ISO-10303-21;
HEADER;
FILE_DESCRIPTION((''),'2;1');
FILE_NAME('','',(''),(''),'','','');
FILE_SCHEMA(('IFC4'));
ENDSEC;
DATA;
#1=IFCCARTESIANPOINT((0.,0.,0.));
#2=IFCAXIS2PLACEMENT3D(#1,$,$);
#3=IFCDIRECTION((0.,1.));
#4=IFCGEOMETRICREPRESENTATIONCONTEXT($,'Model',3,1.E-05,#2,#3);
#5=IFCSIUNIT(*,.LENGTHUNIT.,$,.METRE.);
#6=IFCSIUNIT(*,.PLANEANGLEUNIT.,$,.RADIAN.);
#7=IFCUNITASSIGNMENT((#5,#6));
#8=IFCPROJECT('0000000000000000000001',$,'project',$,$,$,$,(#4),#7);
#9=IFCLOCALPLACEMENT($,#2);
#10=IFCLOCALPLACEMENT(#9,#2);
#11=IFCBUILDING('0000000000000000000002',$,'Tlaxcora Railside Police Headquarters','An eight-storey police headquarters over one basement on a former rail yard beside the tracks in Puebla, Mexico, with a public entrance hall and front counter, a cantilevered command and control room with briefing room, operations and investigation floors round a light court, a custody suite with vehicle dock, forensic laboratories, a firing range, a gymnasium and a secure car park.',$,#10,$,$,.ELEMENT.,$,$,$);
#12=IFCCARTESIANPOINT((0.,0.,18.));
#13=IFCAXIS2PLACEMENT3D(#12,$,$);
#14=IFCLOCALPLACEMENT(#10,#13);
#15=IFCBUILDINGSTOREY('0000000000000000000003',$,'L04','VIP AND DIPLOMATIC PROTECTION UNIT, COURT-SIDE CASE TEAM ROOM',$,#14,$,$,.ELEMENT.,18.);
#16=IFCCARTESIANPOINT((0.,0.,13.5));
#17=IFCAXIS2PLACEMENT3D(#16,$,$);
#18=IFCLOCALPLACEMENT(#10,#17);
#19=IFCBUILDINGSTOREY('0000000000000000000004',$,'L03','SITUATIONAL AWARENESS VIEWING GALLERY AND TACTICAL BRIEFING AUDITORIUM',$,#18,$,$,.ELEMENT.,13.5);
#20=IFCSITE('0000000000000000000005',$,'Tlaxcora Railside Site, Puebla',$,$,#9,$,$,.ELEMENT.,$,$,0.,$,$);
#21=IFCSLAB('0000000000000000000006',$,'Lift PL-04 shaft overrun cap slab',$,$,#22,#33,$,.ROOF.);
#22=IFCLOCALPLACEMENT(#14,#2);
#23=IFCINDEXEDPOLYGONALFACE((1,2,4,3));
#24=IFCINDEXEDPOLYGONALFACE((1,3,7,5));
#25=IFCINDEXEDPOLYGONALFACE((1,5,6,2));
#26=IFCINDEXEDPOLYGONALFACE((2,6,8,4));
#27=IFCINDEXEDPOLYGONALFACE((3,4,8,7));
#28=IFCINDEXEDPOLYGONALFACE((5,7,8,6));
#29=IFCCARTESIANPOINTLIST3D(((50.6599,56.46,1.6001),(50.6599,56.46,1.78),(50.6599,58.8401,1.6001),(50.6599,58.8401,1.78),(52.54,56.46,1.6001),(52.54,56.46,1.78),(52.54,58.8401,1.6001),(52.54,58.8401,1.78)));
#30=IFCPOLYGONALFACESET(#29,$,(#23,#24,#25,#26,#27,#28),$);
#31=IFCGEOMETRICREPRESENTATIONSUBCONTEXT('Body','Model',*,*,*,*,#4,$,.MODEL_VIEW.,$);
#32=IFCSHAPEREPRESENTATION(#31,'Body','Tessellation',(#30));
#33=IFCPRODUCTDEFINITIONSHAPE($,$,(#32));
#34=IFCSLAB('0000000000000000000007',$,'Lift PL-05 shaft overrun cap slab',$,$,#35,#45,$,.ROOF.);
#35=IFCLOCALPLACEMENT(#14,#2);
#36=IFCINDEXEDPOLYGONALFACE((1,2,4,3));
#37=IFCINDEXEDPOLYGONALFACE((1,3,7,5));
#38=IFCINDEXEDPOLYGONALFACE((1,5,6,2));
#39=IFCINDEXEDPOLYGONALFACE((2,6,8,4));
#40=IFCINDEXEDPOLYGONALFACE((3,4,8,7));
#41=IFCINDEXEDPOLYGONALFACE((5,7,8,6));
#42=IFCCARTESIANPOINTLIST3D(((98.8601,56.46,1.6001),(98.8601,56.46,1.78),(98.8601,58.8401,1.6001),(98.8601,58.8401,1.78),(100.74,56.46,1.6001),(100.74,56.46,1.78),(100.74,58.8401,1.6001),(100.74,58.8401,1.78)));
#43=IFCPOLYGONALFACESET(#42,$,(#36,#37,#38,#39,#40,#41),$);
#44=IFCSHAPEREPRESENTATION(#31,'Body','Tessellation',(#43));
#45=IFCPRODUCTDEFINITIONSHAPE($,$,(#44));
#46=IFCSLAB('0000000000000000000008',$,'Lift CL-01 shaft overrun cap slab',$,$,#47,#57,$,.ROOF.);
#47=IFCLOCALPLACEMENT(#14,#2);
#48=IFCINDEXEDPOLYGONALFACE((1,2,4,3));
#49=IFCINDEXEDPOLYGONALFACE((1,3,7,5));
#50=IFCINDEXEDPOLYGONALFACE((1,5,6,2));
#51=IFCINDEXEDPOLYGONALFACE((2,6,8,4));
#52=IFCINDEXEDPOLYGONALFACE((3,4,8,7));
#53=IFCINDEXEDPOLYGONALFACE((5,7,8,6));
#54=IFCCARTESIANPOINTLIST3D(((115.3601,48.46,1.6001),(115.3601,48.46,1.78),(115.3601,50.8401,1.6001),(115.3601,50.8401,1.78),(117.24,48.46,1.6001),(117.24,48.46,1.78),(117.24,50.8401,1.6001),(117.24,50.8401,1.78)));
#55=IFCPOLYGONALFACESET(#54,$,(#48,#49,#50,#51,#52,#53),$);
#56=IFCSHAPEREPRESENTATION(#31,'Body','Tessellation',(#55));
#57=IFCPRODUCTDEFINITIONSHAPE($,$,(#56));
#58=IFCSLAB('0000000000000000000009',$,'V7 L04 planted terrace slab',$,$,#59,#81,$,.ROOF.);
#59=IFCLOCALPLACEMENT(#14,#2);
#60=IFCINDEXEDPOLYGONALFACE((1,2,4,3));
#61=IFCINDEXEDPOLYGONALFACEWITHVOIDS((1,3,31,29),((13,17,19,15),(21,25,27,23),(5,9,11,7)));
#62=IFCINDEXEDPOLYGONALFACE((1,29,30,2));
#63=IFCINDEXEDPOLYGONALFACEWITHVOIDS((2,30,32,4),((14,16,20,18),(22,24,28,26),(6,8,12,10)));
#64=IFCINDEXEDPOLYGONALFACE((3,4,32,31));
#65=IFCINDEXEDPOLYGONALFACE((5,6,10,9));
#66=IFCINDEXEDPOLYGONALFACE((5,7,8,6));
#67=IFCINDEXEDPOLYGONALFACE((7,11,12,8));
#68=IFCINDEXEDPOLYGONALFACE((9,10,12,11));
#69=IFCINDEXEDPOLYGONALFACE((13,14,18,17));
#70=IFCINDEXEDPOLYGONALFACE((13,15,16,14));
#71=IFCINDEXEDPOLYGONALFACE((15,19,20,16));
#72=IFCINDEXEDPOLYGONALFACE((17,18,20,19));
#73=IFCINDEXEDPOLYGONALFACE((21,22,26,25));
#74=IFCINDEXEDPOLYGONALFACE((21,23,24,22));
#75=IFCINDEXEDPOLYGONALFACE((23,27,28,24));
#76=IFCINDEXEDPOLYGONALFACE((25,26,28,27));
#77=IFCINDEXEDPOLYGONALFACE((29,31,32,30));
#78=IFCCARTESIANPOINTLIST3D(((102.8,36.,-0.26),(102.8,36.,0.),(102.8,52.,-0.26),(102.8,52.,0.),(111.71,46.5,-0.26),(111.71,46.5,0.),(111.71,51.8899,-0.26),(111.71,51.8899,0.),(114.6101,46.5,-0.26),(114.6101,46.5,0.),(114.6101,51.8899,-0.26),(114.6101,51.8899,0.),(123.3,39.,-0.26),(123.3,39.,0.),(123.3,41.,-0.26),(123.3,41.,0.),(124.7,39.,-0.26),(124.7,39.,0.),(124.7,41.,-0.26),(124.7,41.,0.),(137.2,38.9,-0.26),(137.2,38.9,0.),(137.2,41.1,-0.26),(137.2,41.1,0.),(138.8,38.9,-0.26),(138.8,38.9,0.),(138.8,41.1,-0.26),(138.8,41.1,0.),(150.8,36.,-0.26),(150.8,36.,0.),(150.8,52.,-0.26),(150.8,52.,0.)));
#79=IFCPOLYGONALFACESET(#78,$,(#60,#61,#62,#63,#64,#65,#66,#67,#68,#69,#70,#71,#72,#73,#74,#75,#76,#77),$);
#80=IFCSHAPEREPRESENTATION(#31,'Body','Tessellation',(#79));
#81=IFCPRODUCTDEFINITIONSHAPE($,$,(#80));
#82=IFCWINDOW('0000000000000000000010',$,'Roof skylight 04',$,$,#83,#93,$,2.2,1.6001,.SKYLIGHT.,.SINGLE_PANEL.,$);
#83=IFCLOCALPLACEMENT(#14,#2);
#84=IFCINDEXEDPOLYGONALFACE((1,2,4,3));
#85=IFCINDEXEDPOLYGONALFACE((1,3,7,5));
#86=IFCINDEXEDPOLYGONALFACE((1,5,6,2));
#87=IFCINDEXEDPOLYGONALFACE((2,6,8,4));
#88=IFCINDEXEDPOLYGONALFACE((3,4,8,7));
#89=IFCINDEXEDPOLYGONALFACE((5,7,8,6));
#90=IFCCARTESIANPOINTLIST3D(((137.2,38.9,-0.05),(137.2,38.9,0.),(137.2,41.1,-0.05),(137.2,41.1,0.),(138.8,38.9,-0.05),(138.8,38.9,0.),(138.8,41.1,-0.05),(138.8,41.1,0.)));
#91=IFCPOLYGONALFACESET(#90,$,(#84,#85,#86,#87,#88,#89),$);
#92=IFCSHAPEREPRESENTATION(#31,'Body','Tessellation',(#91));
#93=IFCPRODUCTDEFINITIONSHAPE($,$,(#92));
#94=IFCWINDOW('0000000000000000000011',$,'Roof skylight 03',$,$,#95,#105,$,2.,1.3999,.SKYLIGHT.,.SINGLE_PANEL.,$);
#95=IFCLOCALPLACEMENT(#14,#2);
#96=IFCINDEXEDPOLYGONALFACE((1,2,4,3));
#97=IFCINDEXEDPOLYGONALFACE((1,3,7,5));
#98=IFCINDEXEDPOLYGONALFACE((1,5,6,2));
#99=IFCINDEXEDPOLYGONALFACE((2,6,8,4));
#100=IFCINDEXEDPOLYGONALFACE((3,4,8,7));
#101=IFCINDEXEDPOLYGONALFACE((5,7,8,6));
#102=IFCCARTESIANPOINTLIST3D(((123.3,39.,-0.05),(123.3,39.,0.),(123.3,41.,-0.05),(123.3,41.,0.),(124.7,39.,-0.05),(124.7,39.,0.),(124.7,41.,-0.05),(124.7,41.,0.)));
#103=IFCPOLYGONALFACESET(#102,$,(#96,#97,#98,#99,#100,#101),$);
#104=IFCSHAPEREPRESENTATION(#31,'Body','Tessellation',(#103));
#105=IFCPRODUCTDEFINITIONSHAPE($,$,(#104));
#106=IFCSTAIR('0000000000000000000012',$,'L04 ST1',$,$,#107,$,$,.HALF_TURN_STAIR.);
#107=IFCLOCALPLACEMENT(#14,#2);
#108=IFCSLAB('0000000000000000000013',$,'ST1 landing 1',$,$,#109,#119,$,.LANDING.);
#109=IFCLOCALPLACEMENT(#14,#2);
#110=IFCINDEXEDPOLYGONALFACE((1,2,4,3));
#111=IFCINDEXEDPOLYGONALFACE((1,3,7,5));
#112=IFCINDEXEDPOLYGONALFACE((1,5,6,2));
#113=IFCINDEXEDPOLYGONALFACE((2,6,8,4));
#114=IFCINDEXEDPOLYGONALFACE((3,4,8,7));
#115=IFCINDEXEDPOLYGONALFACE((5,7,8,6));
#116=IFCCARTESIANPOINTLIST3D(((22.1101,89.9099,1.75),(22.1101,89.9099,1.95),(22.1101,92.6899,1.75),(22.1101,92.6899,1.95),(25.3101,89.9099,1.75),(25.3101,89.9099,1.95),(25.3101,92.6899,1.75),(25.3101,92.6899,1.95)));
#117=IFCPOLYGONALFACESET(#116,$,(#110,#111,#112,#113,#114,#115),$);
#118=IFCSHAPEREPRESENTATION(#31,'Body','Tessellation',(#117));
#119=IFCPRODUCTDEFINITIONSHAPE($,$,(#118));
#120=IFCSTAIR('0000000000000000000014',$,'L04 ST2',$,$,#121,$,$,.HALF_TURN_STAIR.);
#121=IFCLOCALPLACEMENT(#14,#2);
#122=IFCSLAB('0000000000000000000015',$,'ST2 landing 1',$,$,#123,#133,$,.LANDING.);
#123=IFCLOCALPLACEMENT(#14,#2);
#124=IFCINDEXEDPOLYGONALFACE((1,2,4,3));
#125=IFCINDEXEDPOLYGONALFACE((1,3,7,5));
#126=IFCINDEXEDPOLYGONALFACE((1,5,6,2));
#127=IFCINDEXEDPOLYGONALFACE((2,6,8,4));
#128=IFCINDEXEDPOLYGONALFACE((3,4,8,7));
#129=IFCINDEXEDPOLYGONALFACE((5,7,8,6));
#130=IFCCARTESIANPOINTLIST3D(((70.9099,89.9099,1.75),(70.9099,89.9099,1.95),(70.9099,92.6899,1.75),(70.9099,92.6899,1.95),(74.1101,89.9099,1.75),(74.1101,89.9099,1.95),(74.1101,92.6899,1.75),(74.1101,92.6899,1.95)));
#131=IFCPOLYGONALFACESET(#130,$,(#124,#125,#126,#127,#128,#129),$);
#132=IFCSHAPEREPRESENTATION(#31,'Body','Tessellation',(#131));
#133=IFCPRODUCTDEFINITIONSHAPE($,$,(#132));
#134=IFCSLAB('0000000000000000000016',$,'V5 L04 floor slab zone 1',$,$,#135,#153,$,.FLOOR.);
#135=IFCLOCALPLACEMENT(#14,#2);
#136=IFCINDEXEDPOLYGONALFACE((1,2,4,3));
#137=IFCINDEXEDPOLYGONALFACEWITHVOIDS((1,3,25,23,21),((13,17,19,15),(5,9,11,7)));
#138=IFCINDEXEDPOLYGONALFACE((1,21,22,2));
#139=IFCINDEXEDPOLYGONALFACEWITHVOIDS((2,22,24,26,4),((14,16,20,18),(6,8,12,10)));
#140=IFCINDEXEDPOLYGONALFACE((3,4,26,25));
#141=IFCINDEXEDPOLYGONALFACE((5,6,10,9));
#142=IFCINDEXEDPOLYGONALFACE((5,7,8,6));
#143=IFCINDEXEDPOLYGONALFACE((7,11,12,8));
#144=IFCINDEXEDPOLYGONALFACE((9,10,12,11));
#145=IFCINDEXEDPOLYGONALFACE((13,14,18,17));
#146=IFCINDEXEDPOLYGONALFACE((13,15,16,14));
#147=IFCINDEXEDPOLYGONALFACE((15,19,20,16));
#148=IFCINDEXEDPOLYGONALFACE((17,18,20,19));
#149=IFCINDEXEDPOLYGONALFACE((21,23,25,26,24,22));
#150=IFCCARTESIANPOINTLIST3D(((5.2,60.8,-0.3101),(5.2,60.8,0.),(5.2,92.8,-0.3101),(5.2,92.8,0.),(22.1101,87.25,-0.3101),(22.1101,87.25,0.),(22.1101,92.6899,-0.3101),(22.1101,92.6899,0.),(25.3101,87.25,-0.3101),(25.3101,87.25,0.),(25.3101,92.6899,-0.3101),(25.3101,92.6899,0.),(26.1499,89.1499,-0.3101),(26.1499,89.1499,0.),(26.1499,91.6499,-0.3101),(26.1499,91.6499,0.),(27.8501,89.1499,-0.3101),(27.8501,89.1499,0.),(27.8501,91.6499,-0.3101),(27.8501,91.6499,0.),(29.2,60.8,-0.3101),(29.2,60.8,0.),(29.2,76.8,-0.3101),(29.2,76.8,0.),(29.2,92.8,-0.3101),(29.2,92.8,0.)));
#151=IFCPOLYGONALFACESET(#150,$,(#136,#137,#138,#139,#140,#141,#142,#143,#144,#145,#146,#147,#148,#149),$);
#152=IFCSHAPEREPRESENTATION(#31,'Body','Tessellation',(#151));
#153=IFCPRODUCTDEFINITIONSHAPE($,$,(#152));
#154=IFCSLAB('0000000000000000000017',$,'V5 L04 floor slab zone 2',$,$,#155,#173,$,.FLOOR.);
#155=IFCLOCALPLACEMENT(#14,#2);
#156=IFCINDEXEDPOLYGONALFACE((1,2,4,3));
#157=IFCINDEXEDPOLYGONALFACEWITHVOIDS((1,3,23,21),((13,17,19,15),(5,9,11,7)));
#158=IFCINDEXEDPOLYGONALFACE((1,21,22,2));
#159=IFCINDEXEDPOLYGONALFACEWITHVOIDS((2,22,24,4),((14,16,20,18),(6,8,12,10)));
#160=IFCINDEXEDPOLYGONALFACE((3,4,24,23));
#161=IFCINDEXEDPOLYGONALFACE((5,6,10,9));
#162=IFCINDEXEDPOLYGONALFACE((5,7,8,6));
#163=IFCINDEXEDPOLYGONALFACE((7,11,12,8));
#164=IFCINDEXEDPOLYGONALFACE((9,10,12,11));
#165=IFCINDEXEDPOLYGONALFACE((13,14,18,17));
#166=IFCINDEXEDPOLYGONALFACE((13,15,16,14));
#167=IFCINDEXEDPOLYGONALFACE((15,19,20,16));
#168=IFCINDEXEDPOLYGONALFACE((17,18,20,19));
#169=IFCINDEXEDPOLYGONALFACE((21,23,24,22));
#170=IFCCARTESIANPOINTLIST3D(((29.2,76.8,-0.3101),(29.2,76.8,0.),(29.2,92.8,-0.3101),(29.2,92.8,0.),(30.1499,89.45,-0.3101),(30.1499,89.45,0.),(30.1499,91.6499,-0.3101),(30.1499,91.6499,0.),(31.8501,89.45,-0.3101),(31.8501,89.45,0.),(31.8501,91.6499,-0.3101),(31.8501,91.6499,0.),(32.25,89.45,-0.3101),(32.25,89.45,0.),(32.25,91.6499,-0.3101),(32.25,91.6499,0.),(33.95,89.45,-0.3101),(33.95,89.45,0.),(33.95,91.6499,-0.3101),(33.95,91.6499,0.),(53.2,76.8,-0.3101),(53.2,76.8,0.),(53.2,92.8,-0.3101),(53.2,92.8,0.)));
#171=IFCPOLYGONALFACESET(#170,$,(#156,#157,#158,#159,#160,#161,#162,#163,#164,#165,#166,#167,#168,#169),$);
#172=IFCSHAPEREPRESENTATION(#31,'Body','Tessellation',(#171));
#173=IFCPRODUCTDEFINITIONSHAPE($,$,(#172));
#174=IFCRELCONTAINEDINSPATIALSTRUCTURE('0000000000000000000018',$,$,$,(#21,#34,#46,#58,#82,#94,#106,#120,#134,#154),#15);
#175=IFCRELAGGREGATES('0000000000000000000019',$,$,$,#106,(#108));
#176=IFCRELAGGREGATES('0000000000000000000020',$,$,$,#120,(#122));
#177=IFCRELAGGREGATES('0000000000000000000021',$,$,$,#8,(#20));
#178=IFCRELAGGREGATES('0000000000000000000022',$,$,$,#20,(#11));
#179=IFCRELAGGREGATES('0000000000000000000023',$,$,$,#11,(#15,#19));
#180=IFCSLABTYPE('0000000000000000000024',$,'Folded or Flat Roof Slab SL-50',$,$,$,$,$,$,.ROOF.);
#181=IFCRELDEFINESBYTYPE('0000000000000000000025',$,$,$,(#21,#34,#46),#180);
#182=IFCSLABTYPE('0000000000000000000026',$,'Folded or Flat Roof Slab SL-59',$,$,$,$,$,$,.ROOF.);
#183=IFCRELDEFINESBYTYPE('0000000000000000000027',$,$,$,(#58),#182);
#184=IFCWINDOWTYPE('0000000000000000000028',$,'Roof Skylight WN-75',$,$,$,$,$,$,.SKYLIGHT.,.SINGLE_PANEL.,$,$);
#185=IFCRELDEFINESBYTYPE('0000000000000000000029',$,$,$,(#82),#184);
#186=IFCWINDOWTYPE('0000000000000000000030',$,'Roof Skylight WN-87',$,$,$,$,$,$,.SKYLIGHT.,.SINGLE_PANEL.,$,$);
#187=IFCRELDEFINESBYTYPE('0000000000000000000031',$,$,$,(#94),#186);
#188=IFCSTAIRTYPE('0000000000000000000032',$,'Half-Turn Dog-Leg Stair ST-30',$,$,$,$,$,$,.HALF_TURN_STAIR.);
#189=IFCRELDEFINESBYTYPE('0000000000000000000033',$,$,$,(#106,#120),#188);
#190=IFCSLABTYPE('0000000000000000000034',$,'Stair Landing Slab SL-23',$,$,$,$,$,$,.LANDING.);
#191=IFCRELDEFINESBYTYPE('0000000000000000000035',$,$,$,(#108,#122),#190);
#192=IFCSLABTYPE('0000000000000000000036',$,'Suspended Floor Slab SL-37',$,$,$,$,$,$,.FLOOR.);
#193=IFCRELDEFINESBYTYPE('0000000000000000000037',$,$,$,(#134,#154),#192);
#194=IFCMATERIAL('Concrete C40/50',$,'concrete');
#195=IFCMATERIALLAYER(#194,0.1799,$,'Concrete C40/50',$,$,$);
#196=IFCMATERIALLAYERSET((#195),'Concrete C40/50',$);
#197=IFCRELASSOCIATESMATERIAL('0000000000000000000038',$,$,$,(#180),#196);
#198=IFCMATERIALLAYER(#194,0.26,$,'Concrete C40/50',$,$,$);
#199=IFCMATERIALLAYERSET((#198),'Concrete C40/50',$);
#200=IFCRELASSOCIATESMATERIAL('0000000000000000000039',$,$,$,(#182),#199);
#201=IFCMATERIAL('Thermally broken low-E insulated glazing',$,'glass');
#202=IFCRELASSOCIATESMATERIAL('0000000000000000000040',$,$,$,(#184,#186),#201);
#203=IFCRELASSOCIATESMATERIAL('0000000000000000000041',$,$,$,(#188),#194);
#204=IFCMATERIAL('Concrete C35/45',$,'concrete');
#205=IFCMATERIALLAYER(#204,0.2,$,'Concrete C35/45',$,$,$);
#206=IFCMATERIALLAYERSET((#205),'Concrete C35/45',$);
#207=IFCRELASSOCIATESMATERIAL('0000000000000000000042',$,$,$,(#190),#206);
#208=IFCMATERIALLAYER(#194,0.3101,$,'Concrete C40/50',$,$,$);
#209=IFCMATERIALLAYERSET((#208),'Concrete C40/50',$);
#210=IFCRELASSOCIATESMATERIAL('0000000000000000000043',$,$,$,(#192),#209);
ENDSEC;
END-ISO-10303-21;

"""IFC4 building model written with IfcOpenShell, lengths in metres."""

from ifc_helpers import new_model, si_unit, direction, frame, origin, origin_2d, place, context, subcontext, project, spatial, polyline, rectangle, outline, extrude, material, layer, layer_set, type_object, element, fill, aggregate, save


model = new_model("IFC4")

# Units and contexts
model_context = context("Model", 3, precision=1e-05, world=origin(), true_north=direction((0.0, 1.0)))
body_context = subcontext(model_context, "Body", "Model", "MODEL_VIEW")
ifc_project = project(units=[si_unit("LENGTHUNIT", "METRE"), si_unit("PLANEANGLEUNIT", "RADIAN")], contexts=[model_context])

# Site, building, storey
site_placement = place(None, origin())
site = spatial("IfcSite", under=ifc_project, at=site_placement, Name="Tlaxcora Railside Site, Puebla", CompositionType="ELEMENT", RefElevation=0.0)
building_placement = place(site_placement, origin())
building = spatial("IfcBuilding", under=site, at=building_placement, Name="Tlaxcora Railside Police Headquarters", Description="An eight-storey police headquarters over one basement on a former rail yard beside the tracks in Puebla, Mexico, with a public entrance hall and front counter, a cantilevered command and control room with briefing room, operations and investigation floors round a light court, a custody suite with vehicle dock, forensic laboratories, a firing range, a gymnasium and a secure car park.", CompositionType="ELEMENT")
storey_1_placement = place(building_placement, frame((0.0, 0.0, 18.0)))
storey_1 = spatial("IfcBuildingStorey", under=building, at=storey_1_placement, Name="L04", Description="VIP AND DIPLOMATIC PROTECTION UNIT, COURT-SIDE CASE TEAM ROOM", CompositionType="ELEMENT", Elevation=18.0)

# Shared definitions
ifc_material_1 = material(Name="Concrete C40/50", Category="concrete")
ifc_layer_1 = layer(ifc_material_1, 0.1799, Name="Concrete C40/50")
ifc_layer_set_1 = layer_set([ifc_layer_1], Name="Concrete C40/50")
slab_type_1 = type_object("IfcSlabType", Name="Folded or Flat Roof Slab SL-50", PredefinedType="ROOF", material=ifc_layer_set_1)

# Shared definitions
storey_2_placement = place(building_placement, frame((0.0, 0.0, 13.5)))
storey_2 = spatial("IfcBuildingStorey", under=building, at=storey_2_placement, Name="L03", Description="SITUATIONAL AWARENESS VIEWING GALLERY AND TACTICAL BRIEFING AUDITORIUM", CompositionType="ELEMENT", Elevation=13.5)

# Slabs
slab_1_placement = place(storey_1_placement, frame((0.0, 0.0, 1.6001)))
element("IfcSlab", 1, at=slab_1_placement, inside=storey_1, type_object=slab_type_1, Name="Lift PL-04 shaft overrun cap slab", PredefinedType="ROOF", context=body_context, shape_type="SweptSolid", body=[
    extrude(outline(polyline([(50.6599, 56.46), (52.54, 56.46), (52.54, 58.8401), (50.6599, 58.8401), (50.6599, 56.46)])), origin(), (0.0, 0.0, 1.0), 0.1799),
])
slab_2_placement = place(storey_1_placement, frame((0.0, 0.0, 1.6001)))
element("IfcSlab", 2, at=slab_2_placement, inside=storey_1, type_object=slab_type_1, Name="Lift PL-05 shaft overrun cap slab", PredefinedType="ROOF", context=body_context, shape_type="SweptSolid", body=[
    extrude(outline(polyline([(98.8601, 56.46), (100.74, 56.46), (100.74, 58.8401), (98.8601, 58.8401), (98.8601, 56.46)])), origin(), (0.0, 0.0, 1.0), 0.1799),
])
slab_3_placement = place(storey_1_placement, frame((0.0, 0.0, 1.6001)))
element("IfcSlab", 3, at=slab_3_placement, inside=storey_1, type_object=slab_type_1, Name="Lift CL-01 shaft overrun cap slab", PredefinedType="ROOF", context=body_context, shape_type="SweptSolid", body=[
    extrude(outline(polyline([(115.3601, 48.46), (117.24, 48.46), (117.24, 50.8401), (115.3601, 50.8401), (115.3601, 48.46)])), origin(), (0.0, 0.0, 1.0), 0.1799),
])

# Slab, openings, windows
ifc_layer_2 = layer(ifc_material_1, 0.26, Name="Concrete C40/50")
ifc_layer_set_2 = layer_set([ifc_layer_2], Name="Concrete C40/50")
slab_type_2 = type_object("IfcSlabType", Name="Folded or Flat Roof Slab SL-59", PredefinedType="ROOF", material=ifc_layer_set_2)
slab_4_placement = place(storey_1_placement, frame((0.0, 0.0, -0.26)))
slab_4 = element("IfcSlab", 4, at=slab_4_placement, inside=storey_1, type_object=slab_type_2, Name="V7 L04 planted terrace slab", PredefinedType="ROOF", context=body_context, shape_type="SweptSolid", body=[
    extrude(outline(polyline([(150.8, 36.0), (150.8, 52.0), (102.8, 52.0), (102.8, 36.0), (150.8, 36.0)]), holes=[polyline([(114.6101, 46.5), (111.71, 46.5), (111.71, 51.8899), (114.6101, 51.8899), (114.6101, 46.5)])]), origin(), (0.0, 0.0, 1.0), 0.26),
])
opening_1_placement = place(slab_4_placement, frame((124.0, 40.0, -0.01)))
opening_1 = element("IfcOpeningElement", 5, at=opening_1_placement, cuts=slab_4, PredefinedType="OPENING", context=body_context, shape_type="SweptSolid", body=[
    extrude(rectangle(XDim=1.3999, YDim=2.0, at=origin_2d()), origin(), (0.0, 0.0, 1.0), 0.28),
])
opening_2_placement = place(slab_4_placement, frame((138.0, 40.0, -0.01)))
opening_2 = element("IfcOpeningElement", 6, at=opening_2_placement, cuts=slab_4, PredefinedType="OPENING", context=body_context, shape_type="SweptSolid", body=[
    extrude(rectangle(XDim=1.6001, YDim=2.2, at=origin_2d()), origin(), (0.0, 0.0, 1.0), 0.28),
])
ifc_material_2 = material(Name="Thermally broken low-E insulated glazing", Category="glass")
window_type_1 = type_object("IfcWindowType", Name="Roof Skylight WN-75", PartitioningType="SINGLE_PANEL", PredefinedType="SKYLIGHT", material=ifc_material_2)
window_1_placement = place(opening_2_placement, frame((0.0, 0.0, 0.22)))
window_1 = element("IfcWindow", 7, at=window_1_placement, inside=storey_1, type_object=window_type_1, Name="Roof skylight 04", OverallHeight=2.2, OverallWidth=1.6001, PartitioningType="SINGLE_PANEL", PredefinedType="SKYLIGHT", context=body_context, shape_type="SweptSolid", body=[
    extrude(rectangle(XDim=1.6001, YDim=2.2, at=origin_2d()), origin(), (0.0, 0.0, 1.0), 0.05),
])
fill(opening_2, window_1)
window_type_2 = type_object("IfcWindowType", Name="Roof Skylight WN-87", PartitioningType="SINGLE_PANEL", PredefinedType="SKYLIGHT", material=ifc_material_2)
window_2_placement = place(opening_1_placement, frame((0.0, 0.0, 0.22)))
window_2 = element("IfcWindow", 8, at=window_2_placement, inside=storey_1, type_object=window_type_2, Name="Roof skylight 03", OverallHeight=2.0, OverallWidth=1.3999, PartitioningType="SINGLE_PANEL", PredefinedType="SKYLIGHT", context=body_context, shape_type="SweptSolid", body=[
    extrude(rectangle(XDim=1.3999, YDim=2.0, at=origin_2d()), origin(), (0.0, 0.0, 1.0), 0.05),
])
fill(opening_1, window_2)

# Stairs, slabs
stair_type = type_object("IfcStairType", Name="Half-Turn Dog-Leg Stair ST-30", PredefinedType="HALF_TURN_STAIR", material=ifc_material_1)
stair_1_placement = place(storey_1_placement, origin())
stair_1 = element("IfcStair", 9, at=stair_1_placement, inside=storey_1, type_object=stair_type, Name="L04 ST1", PredefinedType="HALF_TURN_STAIR")
ifc_material_3 = material(Name="Concrete C35/45", Category="concrete")
ifc_layer_3 = layer(ifc_material_3, 0.2, Name="Concrete C35/45")
ifc_layer_set_3 = layer_set([ifc_layer_3], Name="Concrete C35/45")
slab_type_3 = type_object("IfcSlabType", Name="Stair Landing Slab SL-23", PredefinedType="LANDING", material=ifc_layer_set_3)
slab_5_placement = place(storey_1_placement, frame((0.0, 0.0, 1.75)))
slab_5 = element("IfcSlab", 10, at=slab_5_placement, type_object=slab_type_3, Name="ST1 landing 1", PredefinedType="LANDING", context=body_context, shape_type="SweptSolid", body=[
    extrude(outline(polyline([(25.3101, 89.9099), (25.3101, 92.6899), (22.1101, 92.6899), (22.1101, 89.9099), (25.3101, 89.9099)])), origin(), (0.0, 0.0, 1.0), 0.2),
])
aggregate(stair_1, [slab_5])
stair_2_placement = place(storey_1_placement, origin())
stair_2 = element("IfcStair", 11, at=stair_2_placement, inside=storey_1, type_object=stair_type, Name="L04 ST2", PredefinedType="HALF_TURN_STAIR")
slab_6_placement = place(storey_1_placement, frame((0.0, 0.0, 1.75)))
slab_6 = element("IfcSlab", 12, at=slab_6_placement, type_object=slab_type_3, Name="ST2 landing 1", PredefinedType="LANDING", context=body_context, shape_type="SweptSolid", body=[
    extrude(outline(polyline([(74.1101, 89.9099), (74.1101, 92.6899), (70.9099, 92.6899), (70.9099, 89.9099), (74.1101, 89.9099)])), origin(), (0.0, 0.0, 1.0), 0.2),
])
aggregate(stair_2, [slab_6])

# Slabs
ifc_layer_4 = layer(ifc_material_1, 0.3101, Name="Concrete C40/50")
ifc_layer_set_4 = layer_set([ifc_layer_4], Name="Concrete C40/50")
slab_type_4 = type_object("IfcSlabType", Name="Suspended Floor Slab SL-37", PredefinedType="FLOOR", material=ifc_layer_set_4)
slab_7_placement = place(storey_1_placement, frame((0.0, 0.0, -0.3101)))
element("IfcSlab", 13, at=slab_7_placement, inside=storey_1, type_object=slab_type_4, Name="V5 L04 floor slab zone 1", PredefinedType="FLOOR", context=body_context, shape_type="SweptSolid", body=[
    extrude(outline(polyline([(5.2, 92.8), (5.2, 60.8), (29.2, 60.8), (29.2, 76.8), (29.2, 92.8), (5.2, 92.8)]), holes=[polyline([(22.1101, 92.6899), (25.3101, 92.6899), (25.3101, 87.25), (22.1101, 87.25), (22.1101, 92.6899)]), polyline([(27.8501, 91.6499), (27.8501, 89.1499), (26.1499, 89.1499), (26.1499, 91.6499), (27.8501, 91.6499)])]), origin(), (0.0, 0.0, 1.0), 0.3101),
])
slab_8_placement = place(storey_1_placement, frame((0.0, 0.0, -0.3101)))
element("IfcSlab", 14, at=slab_8_placement, inside=storey_1, type_object=slab_type_4, Name="V5 L04 floor slab zone 2", PredefinedType="FLOOR", context=body_context, shape_type="SweptSolid", body=[
    extrude(outline(polyline([(53.2, 92.8), (29.2, 92.8), (29.2, 76.8), (53.2, 76.8), (53.2, 92.8)]), holes=[polyline([(31.8501, 89.45), (30.1499, 89.45), (30.1499, 91.6499), (31.8501, 91.6499), (31.8501, 89.45)]), polyline([(32.25, 89.45), (32.25, 91.6499), (33.95, 91.6499), (33.95, 89.45), (32.25, 89.45)])]), origin(), (0.0, 0.0, 1.0), 0.3101),
])

save(model, "model.ifc")
